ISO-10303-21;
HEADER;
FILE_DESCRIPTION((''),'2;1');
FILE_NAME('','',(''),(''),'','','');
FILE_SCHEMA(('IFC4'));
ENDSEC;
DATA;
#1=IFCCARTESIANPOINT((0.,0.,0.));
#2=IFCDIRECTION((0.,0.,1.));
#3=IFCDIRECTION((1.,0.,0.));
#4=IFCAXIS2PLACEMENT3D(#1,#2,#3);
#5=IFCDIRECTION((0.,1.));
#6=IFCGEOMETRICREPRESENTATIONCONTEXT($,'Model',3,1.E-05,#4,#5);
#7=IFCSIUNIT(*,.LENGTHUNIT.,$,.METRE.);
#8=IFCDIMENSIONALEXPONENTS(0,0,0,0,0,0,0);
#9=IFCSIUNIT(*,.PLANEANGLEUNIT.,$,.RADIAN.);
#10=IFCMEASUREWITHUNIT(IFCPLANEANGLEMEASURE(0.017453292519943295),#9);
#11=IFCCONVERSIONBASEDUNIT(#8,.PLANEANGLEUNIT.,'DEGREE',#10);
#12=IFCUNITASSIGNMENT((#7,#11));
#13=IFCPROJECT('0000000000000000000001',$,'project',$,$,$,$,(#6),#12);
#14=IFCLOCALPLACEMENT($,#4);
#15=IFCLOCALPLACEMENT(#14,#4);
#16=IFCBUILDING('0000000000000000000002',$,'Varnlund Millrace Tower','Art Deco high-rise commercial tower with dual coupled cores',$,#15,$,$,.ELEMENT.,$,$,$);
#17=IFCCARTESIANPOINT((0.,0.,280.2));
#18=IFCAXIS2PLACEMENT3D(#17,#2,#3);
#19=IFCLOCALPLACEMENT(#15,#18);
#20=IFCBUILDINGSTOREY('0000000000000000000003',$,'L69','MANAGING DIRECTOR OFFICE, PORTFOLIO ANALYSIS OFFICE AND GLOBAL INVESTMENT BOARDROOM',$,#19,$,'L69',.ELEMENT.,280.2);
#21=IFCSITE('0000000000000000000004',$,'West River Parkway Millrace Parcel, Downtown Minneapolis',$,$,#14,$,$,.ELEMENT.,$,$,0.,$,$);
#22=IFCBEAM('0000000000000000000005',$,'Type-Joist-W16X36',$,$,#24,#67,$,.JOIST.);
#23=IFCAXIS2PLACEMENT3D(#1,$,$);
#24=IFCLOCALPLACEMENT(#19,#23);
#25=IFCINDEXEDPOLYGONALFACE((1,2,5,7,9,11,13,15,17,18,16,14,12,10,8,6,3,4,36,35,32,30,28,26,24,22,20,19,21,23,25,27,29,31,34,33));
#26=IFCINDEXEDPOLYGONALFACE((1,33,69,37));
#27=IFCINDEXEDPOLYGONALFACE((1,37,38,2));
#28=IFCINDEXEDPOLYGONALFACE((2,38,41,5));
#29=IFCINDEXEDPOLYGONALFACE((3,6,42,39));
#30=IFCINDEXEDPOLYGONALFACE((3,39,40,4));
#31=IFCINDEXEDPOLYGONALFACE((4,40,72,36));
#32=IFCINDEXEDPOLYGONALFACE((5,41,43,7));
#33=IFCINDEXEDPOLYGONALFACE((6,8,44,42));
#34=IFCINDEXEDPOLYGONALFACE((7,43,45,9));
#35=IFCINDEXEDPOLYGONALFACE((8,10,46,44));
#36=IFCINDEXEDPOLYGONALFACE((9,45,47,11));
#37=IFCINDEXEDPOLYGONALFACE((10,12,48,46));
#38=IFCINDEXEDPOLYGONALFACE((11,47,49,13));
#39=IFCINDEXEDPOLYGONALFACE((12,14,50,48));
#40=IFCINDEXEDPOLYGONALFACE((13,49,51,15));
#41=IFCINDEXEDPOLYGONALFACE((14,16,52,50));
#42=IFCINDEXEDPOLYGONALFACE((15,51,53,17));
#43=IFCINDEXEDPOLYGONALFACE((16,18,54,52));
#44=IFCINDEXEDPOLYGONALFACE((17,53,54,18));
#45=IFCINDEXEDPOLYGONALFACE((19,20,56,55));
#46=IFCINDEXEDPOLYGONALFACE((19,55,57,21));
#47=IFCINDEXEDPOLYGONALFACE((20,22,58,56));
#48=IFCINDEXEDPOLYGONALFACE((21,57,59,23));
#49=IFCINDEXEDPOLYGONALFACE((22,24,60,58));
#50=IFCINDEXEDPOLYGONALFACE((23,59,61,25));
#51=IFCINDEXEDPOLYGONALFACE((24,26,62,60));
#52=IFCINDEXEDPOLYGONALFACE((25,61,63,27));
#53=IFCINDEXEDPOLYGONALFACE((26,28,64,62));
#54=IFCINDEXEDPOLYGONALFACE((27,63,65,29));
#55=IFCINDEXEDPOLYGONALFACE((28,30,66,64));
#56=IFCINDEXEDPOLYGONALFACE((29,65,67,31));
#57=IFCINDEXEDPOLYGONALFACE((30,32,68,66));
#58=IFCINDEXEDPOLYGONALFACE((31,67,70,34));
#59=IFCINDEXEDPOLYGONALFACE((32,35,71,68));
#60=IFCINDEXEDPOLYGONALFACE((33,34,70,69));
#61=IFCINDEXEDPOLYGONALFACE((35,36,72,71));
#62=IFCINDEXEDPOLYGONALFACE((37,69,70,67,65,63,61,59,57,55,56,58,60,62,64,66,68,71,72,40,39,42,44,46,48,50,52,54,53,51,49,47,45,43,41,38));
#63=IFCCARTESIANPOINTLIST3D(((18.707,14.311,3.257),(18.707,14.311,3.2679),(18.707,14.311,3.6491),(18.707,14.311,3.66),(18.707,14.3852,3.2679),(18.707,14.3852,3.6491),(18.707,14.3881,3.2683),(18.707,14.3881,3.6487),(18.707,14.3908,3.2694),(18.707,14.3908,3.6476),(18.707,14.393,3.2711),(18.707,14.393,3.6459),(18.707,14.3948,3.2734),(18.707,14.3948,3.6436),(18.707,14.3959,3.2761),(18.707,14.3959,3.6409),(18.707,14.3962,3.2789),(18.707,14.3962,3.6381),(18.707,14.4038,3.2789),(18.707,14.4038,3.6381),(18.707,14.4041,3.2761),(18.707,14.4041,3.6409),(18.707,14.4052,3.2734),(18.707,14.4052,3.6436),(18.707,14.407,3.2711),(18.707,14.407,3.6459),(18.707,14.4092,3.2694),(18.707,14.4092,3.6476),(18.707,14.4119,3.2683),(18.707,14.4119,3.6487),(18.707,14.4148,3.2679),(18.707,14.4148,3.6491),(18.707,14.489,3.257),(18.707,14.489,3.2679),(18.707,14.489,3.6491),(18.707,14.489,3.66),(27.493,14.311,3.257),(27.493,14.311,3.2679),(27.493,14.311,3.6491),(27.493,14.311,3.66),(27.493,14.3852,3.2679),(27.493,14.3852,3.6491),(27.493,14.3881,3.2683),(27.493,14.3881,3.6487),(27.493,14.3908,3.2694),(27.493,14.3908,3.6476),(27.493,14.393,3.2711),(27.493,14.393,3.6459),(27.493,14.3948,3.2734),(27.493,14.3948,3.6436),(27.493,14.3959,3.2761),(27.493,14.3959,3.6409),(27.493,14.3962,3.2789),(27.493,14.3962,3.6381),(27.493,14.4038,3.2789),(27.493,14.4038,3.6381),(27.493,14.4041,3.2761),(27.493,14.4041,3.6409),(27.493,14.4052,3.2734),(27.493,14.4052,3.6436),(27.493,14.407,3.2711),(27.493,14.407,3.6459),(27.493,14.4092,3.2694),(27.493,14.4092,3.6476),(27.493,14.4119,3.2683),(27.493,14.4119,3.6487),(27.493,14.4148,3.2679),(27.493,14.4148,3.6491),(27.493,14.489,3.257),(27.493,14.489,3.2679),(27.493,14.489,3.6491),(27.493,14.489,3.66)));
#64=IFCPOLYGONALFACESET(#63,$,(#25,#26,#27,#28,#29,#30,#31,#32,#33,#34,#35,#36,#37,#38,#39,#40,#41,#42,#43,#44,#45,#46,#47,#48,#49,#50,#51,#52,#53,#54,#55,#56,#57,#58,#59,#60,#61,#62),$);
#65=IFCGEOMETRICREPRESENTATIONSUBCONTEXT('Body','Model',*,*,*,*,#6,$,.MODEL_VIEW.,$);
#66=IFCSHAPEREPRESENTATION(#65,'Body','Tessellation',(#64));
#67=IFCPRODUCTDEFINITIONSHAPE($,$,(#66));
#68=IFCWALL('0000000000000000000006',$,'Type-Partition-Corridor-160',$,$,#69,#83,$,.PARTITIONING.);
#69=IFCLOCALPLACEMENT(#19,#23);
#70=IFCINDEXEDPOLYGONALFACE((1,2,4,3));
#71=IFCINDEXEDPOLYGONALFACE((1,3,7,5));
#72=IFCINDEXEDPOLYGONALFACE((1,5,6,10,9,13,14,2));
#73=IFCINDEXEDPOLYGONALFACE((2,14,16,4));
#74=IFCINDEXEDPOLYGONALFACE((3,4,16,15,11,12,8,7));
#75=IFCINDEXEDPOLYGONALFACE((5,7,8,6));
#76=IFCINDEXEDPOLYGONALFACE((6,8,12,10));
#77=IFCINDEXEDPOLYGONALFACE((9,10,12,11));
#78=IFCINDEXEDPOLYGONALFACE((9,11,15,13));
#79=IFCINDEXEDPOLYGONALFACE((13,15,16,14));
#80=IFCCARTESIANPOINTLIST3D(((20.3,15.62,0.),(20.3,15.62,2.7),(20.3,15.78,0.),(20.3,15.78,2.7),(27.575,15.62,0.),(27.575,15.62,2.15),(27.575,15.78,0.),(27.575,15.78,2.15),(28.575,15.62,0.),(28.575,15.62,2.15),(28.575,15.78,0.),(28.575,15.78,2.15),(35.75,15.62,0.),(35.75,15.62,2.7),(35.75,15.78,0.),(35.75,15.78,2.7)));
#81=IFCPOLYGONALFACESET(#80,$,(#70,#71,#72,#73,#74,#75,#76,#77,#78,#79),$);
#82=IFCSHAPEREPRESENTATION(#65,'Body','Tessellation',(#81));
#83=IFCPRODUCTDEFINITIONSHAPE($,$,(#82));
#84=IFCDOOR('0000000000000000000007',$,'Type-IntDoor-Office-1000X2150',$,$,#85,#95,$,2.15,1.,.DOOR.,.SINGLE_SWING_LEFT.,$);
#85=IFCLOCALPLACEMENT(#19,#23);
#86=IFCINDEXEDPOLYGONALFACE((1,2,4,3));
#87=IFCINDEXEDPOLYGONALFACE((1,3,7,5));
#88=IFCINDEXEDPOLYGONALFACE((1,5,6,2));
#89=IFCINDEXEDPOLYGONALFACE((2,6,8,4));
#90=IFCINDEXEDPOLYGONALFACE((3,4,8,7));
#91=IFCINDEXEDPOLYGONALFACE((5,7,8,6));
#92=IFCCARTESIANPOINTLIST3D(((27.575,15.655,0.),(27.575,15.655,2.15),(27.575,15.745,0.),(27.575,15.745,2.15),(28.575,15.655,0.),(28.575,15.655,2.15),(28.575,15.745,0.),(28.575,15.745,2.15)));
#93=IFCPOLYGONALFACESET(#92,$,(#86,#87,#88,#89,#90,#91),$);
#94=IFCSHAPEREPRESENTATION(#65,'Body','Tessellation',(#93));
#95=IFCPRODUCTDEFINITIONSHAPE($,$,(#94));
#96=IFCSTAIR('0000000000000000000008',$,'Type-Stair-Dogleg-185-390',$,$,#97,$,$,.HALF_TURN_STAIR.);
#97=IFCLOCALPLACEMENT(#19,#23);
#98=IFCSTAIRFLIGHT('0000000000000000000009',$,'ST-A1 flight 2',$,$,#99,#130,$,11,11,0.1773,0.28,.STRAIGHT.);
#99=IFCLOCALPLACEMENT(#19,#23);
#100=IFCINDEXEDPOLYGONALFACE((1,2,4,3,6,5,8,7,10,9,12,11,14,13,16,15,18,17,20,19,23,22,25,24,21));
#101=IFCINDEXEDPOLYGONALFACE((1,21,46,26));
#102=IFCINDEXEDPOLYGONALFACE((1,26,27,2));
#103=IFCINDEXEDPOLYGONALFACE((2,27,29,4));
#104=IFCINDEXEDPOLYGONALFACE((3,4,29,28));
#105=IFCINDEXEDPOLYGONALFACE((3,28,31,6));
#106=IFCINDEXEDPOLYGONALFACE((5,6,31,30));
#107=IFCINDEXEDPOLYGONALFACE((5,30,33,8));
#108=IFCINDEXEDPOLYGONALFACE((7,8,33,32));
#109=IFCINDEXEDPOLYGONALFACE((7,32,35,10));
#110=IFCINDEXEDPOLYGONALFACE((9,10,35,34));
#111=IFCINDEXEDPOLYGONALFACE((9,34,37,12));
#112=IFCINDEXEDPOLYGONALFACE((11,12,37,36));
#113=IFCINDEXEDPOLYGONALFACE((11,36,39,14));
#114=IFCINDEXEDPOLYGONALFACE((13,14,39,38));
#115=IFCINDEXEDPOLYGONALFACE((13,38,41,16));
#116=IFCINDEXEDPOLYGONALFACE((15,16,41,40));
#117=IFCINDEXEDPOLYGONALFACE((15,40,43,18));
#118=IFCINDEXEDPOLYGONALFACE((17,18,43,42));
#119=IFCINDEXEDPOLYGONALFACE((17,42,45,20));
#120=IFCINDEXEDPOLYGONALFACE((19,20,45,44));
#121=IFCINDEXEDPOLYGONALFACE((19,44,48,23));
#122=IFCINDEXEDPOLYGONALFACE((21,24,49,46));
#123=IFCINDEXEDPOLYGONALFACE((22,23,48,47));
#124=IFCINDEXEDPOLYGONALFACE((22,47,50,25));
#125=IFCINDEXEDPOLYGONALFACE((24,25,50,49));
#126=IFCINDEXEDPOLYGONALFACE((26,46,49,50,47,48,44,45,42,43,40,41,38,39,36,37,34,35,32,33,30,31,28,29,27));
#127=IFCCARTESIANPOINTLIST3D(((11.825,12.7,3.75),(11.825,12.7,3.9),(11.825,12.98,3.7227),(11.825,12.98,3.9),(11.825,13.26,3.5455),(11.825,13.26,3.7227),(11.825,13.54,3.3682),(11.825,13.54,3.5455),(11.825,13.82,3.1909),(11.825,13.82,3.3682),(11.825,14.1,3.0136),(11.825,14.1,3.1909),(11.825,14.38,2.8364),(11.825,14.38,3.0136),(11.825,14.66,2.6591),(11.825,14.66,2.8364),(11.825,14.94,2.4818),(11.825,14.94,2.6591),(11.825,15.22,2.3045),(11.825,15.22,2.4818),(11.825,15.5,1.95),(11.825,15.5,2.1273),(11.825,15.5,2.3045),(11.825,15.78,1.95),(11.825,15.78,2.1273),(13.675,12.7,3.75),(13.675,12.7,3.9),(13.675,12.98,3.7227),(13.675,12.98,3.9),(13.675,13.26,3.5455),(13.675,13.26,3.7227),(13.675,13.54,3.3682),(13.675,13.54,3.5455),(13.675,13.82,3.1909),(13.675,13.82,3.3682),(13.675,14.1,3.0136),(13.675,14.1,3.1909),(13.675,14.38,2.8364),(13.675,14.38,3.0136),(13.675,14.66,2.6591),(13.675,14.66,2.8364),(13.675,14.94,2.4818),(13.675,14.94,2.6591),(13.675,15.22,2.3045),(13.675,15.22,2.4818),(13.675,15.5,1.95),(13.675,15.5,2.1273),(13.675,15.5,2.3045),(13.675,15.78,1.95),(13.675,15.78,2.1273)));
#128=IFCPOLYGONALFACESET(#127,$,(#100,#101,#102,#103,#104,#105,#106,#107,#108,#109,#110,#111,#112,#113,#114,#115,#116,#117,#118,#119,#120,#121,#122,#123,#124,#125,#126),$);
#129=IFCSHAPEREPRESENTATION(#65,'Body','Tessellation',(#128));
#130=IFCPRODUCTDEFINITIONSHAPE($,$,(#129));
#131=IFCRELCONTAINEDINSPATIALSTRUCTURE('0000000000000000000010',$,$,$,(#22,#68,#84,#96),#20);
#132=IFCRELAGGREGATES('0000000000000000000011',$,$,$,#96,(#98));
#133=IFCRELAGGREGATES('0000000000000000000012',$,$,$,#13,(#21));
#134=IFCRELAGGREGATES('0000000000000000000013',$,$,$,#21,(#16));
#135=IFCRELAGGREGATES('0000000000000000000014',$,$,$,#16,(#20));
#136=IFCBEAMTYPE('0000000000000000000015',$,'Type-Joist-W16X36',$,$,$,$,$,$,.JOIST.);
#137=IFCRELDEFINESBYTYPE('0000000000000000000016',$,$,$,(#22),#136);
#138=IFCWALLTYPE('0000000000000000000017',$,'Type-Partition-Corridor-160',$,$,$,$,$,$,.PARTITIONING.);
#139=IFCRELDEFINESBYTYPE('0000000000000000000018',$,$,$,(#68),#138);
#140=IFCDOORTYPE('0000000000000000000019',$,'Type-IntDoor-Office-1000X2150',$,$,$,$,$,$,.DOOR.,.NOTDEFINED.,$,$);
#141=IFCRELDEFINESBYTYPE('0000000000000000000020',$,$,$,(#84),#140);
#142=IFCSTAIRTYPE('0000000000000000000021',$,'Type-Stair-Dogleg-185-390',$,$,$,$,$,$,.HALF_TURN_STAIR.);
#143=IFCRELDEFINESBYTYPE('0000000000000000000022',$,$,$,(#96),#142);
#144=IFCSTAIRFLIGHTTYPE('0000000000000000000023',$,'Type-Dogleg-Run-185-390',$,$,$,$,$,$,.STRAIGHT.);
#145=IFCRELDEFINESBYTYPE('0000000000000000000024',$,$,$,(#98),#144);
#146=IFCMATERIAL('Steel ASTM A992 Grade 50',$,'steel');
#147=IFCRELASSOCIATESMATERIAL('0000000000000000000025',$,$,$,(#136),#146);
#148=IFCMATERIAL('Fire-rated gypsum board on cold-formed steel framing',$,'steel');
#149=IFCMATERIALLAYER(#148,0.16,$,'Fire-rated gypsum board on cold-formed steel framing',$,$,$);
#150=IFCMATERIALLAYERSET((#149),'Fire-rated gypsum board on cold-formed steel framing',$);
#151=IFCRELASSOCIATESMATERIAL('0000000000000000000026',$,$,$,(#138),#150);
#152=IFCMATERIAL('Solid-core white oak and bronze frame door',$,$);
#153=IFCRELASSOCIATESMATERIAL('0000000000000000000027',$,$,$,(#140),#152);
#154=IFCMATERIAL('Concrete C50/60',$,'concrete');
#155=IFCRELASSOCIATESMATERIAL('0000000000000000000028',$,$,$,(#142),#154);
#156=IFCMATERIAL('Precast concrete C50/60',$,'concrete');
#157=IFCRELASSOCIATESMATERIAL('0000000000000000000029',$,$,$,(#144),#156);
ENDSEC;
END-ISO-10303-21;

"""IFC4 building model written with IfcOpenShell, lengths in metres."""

from ifc_helpers import new_model, entity, si_unit, converted_unit, direction, frame, origin_with_axes, origin_2d_with_axis, place, context, subcontext, project, spatial, polyline, rectangle, i_section, outline, extrude, material, layer, layer_set, material_profile, profile_set, type_object, element, fill, aggregate, save


model = new_model("IFC4")

# Units and contexts
model_context = context("Model", 3, precision=1e-05, world=origin_with_axes(), true_north=direction((0.0, 1.0)))
body_context = subcontext(model_context, "Body", "Model", "MODEL_VIEW")
ifc_project = project(units=[si_unit("LENGTHUNIT", "METRE"), converted_unit("PLANEANGLEUNIT", "DEGREE", entity("IfcPlaneAngleMeasure", 0.017453292519943295), si_unit("PLANEANGLEUNIT", "RADIAN"), dimensions=[0, 0, 0, 0, 0, 0, 0])], contexts=[model_context])

# Site, building, storey
site_placement = place(None, origin_with_axes())
site = spatial("IfcSite", under=ifc_project, at=site_placement, Name="West River Parkway Millrace Parcel, Downtown Minneapolis", CompositionType="ELEMENT", RefElevation=0.0)
building_placement = place(site_placement, origin_with_axes())
building = spatial("IfcBuilding", under=site, at=building_placement, Name="Varnlund Millrace Tower", Description="Art Deco high-rise commercial tower with dual coupled cores", CompositionType="ELEMENT")
storey_placement = place(building_placement, frame((0.0, 0.0, 280.2), z_axis=(0.0, 0.0, 1.0), x_axis=(1.0, 0.0, 0.0)))
storey = spatial("IfcBuildingStorey", under=building, at=storey_placement, Name="L69", Description="MANAGING DIRECTOR OFFICE, PORTFOLIO ANALYSIS OFFICE AND GLOBAL INVESTMENT BOARDROOM", LongName="L69", CompositionType="ELEMENT", Elevation=280.2)

# Beam
ifc_material_1 = material(Name="Steel ASTM A992 Grade 50", Category="steel")
ifc_material_profile_1 = material_profile(ifc_material_1, i_section(OverallWidth=0.178, OverallDepth=0.403, WebThickness=0.0075, FlangeThickness=0.0109, FilletRadius=0.011, at=origin_2d_with_axis()), Name="Steel ASTM A992 Grade 50")
ifc_profile_set_1 = profile_set([ifc_material_profile_1], Name="Steel ASTM A992 Grade 50")
beam_type_1 = type_object("IfcBeamType", Name="Type-Joist-W16X36", PredefinedType="JOIST", material=ifc_profile_set_1)
for number, where, z_axis, x_axis, name in (
    (1, (18.707, 14.4, 3.4585), (1.0, 0.0, 0.0), (0.0, 1.0, 0.0), "Type-Joist-W16X36"),
):
    element("IfcBeam", number, at=place(storey_placement, frame(where, z_axis=z_axis, x_axis=x_axis)), inside=storey, type_object=beam_type_1, Name=name, PredefinedType="JOIST", context=body_context, shape_type="SweptSolid", body=[
        extrude(i_section(OverallWidth=0.178, OverallDepth=0.403, WebThickness=0.0075, FlangeThickness=0.0109, FilletRadius=0.011, at=origin_2d_with_axis()), origin_with_axes(), (0.0, 0.0, 1.0), 8.786),
    ])

# Shared definitions
ifc_material_2 = material(Name="Fire-rated gypsum board on cold-formed steel framing", Category="steel")
ifc_layer = layer(ifc_material_2, 0.16, Name="Fire-rated gypsum board on cold-formed steel framing")
ifc_layer_set = layer_set([ifc_layer], Name="Fire-rated gypsum board on cold-formed steel framing")
wall_type = type_object("IfcWallType", Name="Type-Partition-Corridor-160", PredefinedType="PARTITIONING", material=ifc_layer_set)
ifc_material_3 = material(Name="Solid-core white oak and bronze frame door")
door_type_1 = type_object("IfcDoorType", Name="Type-IntDoor-Office-1000X2150", OperationType="NOTDEFINED", PredefinedType="DOOR", material=ifc_material_3)

# Wall, opening, door
wall_1_placement = place(storey_placement, frame((20.3, 15.7, 0.0), z_axis=(0.0, 0.0, 1.0), x_axis=(1.0, 0.0, 0.0)))
wall_1 = element("IfcWall", 2, at=wall_1_placement, inside=storey, type_object=wall_type, Name="Type-Partition-Corridor-160", PredefinedType="PARTITIONING", context=body_context, shape_type="SweptSolid", body=[
    extrude(outline(polyline([(0.0, -0.08), (15.45, -0.08), (15.45, 0.08), (0.0, 0.08), (0.0, -0.08)])), origin_with_axes(), (0.0, 0.0, 1.0), 2.7),
])
opening_1_placement = place(wall_1_placement, frame((7.775, 0.0, 0.0), z_axis=(0.0, 0.0, 1.0), x_axis=(1.0, 0.0, 0.0)))
opening_1 = element("IfcOpeningElement", 3, at=opening_1_placement, cuts=wall_1, PredefinedType="OPENING", context=body_context, shape_type="SweptSolid", body=[
    extrude(rectangle(XDim=1.0, YDim=0.18, at=origin_2d_with_axis()), origin_with_axes(), (0.0, 0.0, 1.0), 2.15),
])
door_1_placement = place(wall_1_placement, frame((7.775, 0.0, 0.0), z_axis=(0.0, 0.0, 1.0), x_axis=(1.0, 0.0, 0.0)))
door_1 = element("IfcDoor", 4, at=door_1_placement, inside=storey, type_object=door_type_1, Name="Type-IntDoor-Office-1000X2150", OperationType="SINGLE_SWING_LEFT", OverallHeight=2.15, OverallWidth=1.0, PredefinedType="DOOR", context=body_context, shape_type="SweptSolid", body=[
    extrude(rectangle(XDim=1.0, YDim=0.09, at=origin_2d_with_axis()), origin_with_axes(), (0.0, 0.0, 1.0), 2.15),
])
fill(opening_1, door_1)

# Stair, stair flight
ifc_material_4 = material(Name="Concrete C50/60", Category="concrete")
stair_type = type_object("IfcStairType", Name="Type-Stair-Dogleg-185-390", PredefinedType="HALF_TURN_STAIR", material=ifc_material_4)
stair_placement = place(storey_placement, origin_with_axes())
stair = element("IfcStair", 5, at=stair_placement, inside=storey, type_object=stair_type, Name="Type-Stair-Dogleg-185-390", PredefinedType="HALF_TURN_STAIR")
ifc_material_5 = material(Name="Precast concrete C50/60", Category="concrete")
stair_flight_type = type_object("IfcStairFlightType", Name="Type-Dogleg-Run-185-390", PredefinedType="STRAIGHT", material=ifc_material_5)
stair_flight_placement = place(storey_placement, frame((13.675, 15.78, 1.95), z_axis=(-1.0, 0.0, 0.0), x_axis=(0.0, -1.0, 0.0)))
stair_flight = element("IfcStairFlight", 6, at=stair_flight_placement, type_object=stair_flight_type, Name="ST-A1 flight 2", NumberOfRisers=11, NumberOfTreads=11, PredefinedType="STRAIGHT", RiserHeight=0.1773, TreadLength=0.28, context=body_context, shape_type="SweptSolid", body=[
    extrude(outline(polyline([(0.0, 0.0), (0.0, 0.1773), (0.28, 0.1773), (0.28, 0.3545), (0.56, 0.3545), (0.56, 0.5318), (0.84, 0.5318), (0.84, 0.7091), (1.12, 0.7091), (1.12, 0.8864), (1.4, 0.8864), (1.4, 1.0636), (1.68, 1.0636), (1.68, 1.2409), (1.96, 1.2409), (1.96, 1.4182), (2.24, 1.4182), (2.24, 1.5955), (2.52, 1.5955), (2.52, 1.7727), (2.8, 1.7727), (2.8, 1.95), (3.08, 1.95), (3.08, 1.8), (0.28, 0.0), (0.0, 0.0)])), origin_with_axes(), (0.0, 0.0, 1.0), 1.85),
])
aggregate(stair, [stair_flight])

save(model, "model.ifc")
